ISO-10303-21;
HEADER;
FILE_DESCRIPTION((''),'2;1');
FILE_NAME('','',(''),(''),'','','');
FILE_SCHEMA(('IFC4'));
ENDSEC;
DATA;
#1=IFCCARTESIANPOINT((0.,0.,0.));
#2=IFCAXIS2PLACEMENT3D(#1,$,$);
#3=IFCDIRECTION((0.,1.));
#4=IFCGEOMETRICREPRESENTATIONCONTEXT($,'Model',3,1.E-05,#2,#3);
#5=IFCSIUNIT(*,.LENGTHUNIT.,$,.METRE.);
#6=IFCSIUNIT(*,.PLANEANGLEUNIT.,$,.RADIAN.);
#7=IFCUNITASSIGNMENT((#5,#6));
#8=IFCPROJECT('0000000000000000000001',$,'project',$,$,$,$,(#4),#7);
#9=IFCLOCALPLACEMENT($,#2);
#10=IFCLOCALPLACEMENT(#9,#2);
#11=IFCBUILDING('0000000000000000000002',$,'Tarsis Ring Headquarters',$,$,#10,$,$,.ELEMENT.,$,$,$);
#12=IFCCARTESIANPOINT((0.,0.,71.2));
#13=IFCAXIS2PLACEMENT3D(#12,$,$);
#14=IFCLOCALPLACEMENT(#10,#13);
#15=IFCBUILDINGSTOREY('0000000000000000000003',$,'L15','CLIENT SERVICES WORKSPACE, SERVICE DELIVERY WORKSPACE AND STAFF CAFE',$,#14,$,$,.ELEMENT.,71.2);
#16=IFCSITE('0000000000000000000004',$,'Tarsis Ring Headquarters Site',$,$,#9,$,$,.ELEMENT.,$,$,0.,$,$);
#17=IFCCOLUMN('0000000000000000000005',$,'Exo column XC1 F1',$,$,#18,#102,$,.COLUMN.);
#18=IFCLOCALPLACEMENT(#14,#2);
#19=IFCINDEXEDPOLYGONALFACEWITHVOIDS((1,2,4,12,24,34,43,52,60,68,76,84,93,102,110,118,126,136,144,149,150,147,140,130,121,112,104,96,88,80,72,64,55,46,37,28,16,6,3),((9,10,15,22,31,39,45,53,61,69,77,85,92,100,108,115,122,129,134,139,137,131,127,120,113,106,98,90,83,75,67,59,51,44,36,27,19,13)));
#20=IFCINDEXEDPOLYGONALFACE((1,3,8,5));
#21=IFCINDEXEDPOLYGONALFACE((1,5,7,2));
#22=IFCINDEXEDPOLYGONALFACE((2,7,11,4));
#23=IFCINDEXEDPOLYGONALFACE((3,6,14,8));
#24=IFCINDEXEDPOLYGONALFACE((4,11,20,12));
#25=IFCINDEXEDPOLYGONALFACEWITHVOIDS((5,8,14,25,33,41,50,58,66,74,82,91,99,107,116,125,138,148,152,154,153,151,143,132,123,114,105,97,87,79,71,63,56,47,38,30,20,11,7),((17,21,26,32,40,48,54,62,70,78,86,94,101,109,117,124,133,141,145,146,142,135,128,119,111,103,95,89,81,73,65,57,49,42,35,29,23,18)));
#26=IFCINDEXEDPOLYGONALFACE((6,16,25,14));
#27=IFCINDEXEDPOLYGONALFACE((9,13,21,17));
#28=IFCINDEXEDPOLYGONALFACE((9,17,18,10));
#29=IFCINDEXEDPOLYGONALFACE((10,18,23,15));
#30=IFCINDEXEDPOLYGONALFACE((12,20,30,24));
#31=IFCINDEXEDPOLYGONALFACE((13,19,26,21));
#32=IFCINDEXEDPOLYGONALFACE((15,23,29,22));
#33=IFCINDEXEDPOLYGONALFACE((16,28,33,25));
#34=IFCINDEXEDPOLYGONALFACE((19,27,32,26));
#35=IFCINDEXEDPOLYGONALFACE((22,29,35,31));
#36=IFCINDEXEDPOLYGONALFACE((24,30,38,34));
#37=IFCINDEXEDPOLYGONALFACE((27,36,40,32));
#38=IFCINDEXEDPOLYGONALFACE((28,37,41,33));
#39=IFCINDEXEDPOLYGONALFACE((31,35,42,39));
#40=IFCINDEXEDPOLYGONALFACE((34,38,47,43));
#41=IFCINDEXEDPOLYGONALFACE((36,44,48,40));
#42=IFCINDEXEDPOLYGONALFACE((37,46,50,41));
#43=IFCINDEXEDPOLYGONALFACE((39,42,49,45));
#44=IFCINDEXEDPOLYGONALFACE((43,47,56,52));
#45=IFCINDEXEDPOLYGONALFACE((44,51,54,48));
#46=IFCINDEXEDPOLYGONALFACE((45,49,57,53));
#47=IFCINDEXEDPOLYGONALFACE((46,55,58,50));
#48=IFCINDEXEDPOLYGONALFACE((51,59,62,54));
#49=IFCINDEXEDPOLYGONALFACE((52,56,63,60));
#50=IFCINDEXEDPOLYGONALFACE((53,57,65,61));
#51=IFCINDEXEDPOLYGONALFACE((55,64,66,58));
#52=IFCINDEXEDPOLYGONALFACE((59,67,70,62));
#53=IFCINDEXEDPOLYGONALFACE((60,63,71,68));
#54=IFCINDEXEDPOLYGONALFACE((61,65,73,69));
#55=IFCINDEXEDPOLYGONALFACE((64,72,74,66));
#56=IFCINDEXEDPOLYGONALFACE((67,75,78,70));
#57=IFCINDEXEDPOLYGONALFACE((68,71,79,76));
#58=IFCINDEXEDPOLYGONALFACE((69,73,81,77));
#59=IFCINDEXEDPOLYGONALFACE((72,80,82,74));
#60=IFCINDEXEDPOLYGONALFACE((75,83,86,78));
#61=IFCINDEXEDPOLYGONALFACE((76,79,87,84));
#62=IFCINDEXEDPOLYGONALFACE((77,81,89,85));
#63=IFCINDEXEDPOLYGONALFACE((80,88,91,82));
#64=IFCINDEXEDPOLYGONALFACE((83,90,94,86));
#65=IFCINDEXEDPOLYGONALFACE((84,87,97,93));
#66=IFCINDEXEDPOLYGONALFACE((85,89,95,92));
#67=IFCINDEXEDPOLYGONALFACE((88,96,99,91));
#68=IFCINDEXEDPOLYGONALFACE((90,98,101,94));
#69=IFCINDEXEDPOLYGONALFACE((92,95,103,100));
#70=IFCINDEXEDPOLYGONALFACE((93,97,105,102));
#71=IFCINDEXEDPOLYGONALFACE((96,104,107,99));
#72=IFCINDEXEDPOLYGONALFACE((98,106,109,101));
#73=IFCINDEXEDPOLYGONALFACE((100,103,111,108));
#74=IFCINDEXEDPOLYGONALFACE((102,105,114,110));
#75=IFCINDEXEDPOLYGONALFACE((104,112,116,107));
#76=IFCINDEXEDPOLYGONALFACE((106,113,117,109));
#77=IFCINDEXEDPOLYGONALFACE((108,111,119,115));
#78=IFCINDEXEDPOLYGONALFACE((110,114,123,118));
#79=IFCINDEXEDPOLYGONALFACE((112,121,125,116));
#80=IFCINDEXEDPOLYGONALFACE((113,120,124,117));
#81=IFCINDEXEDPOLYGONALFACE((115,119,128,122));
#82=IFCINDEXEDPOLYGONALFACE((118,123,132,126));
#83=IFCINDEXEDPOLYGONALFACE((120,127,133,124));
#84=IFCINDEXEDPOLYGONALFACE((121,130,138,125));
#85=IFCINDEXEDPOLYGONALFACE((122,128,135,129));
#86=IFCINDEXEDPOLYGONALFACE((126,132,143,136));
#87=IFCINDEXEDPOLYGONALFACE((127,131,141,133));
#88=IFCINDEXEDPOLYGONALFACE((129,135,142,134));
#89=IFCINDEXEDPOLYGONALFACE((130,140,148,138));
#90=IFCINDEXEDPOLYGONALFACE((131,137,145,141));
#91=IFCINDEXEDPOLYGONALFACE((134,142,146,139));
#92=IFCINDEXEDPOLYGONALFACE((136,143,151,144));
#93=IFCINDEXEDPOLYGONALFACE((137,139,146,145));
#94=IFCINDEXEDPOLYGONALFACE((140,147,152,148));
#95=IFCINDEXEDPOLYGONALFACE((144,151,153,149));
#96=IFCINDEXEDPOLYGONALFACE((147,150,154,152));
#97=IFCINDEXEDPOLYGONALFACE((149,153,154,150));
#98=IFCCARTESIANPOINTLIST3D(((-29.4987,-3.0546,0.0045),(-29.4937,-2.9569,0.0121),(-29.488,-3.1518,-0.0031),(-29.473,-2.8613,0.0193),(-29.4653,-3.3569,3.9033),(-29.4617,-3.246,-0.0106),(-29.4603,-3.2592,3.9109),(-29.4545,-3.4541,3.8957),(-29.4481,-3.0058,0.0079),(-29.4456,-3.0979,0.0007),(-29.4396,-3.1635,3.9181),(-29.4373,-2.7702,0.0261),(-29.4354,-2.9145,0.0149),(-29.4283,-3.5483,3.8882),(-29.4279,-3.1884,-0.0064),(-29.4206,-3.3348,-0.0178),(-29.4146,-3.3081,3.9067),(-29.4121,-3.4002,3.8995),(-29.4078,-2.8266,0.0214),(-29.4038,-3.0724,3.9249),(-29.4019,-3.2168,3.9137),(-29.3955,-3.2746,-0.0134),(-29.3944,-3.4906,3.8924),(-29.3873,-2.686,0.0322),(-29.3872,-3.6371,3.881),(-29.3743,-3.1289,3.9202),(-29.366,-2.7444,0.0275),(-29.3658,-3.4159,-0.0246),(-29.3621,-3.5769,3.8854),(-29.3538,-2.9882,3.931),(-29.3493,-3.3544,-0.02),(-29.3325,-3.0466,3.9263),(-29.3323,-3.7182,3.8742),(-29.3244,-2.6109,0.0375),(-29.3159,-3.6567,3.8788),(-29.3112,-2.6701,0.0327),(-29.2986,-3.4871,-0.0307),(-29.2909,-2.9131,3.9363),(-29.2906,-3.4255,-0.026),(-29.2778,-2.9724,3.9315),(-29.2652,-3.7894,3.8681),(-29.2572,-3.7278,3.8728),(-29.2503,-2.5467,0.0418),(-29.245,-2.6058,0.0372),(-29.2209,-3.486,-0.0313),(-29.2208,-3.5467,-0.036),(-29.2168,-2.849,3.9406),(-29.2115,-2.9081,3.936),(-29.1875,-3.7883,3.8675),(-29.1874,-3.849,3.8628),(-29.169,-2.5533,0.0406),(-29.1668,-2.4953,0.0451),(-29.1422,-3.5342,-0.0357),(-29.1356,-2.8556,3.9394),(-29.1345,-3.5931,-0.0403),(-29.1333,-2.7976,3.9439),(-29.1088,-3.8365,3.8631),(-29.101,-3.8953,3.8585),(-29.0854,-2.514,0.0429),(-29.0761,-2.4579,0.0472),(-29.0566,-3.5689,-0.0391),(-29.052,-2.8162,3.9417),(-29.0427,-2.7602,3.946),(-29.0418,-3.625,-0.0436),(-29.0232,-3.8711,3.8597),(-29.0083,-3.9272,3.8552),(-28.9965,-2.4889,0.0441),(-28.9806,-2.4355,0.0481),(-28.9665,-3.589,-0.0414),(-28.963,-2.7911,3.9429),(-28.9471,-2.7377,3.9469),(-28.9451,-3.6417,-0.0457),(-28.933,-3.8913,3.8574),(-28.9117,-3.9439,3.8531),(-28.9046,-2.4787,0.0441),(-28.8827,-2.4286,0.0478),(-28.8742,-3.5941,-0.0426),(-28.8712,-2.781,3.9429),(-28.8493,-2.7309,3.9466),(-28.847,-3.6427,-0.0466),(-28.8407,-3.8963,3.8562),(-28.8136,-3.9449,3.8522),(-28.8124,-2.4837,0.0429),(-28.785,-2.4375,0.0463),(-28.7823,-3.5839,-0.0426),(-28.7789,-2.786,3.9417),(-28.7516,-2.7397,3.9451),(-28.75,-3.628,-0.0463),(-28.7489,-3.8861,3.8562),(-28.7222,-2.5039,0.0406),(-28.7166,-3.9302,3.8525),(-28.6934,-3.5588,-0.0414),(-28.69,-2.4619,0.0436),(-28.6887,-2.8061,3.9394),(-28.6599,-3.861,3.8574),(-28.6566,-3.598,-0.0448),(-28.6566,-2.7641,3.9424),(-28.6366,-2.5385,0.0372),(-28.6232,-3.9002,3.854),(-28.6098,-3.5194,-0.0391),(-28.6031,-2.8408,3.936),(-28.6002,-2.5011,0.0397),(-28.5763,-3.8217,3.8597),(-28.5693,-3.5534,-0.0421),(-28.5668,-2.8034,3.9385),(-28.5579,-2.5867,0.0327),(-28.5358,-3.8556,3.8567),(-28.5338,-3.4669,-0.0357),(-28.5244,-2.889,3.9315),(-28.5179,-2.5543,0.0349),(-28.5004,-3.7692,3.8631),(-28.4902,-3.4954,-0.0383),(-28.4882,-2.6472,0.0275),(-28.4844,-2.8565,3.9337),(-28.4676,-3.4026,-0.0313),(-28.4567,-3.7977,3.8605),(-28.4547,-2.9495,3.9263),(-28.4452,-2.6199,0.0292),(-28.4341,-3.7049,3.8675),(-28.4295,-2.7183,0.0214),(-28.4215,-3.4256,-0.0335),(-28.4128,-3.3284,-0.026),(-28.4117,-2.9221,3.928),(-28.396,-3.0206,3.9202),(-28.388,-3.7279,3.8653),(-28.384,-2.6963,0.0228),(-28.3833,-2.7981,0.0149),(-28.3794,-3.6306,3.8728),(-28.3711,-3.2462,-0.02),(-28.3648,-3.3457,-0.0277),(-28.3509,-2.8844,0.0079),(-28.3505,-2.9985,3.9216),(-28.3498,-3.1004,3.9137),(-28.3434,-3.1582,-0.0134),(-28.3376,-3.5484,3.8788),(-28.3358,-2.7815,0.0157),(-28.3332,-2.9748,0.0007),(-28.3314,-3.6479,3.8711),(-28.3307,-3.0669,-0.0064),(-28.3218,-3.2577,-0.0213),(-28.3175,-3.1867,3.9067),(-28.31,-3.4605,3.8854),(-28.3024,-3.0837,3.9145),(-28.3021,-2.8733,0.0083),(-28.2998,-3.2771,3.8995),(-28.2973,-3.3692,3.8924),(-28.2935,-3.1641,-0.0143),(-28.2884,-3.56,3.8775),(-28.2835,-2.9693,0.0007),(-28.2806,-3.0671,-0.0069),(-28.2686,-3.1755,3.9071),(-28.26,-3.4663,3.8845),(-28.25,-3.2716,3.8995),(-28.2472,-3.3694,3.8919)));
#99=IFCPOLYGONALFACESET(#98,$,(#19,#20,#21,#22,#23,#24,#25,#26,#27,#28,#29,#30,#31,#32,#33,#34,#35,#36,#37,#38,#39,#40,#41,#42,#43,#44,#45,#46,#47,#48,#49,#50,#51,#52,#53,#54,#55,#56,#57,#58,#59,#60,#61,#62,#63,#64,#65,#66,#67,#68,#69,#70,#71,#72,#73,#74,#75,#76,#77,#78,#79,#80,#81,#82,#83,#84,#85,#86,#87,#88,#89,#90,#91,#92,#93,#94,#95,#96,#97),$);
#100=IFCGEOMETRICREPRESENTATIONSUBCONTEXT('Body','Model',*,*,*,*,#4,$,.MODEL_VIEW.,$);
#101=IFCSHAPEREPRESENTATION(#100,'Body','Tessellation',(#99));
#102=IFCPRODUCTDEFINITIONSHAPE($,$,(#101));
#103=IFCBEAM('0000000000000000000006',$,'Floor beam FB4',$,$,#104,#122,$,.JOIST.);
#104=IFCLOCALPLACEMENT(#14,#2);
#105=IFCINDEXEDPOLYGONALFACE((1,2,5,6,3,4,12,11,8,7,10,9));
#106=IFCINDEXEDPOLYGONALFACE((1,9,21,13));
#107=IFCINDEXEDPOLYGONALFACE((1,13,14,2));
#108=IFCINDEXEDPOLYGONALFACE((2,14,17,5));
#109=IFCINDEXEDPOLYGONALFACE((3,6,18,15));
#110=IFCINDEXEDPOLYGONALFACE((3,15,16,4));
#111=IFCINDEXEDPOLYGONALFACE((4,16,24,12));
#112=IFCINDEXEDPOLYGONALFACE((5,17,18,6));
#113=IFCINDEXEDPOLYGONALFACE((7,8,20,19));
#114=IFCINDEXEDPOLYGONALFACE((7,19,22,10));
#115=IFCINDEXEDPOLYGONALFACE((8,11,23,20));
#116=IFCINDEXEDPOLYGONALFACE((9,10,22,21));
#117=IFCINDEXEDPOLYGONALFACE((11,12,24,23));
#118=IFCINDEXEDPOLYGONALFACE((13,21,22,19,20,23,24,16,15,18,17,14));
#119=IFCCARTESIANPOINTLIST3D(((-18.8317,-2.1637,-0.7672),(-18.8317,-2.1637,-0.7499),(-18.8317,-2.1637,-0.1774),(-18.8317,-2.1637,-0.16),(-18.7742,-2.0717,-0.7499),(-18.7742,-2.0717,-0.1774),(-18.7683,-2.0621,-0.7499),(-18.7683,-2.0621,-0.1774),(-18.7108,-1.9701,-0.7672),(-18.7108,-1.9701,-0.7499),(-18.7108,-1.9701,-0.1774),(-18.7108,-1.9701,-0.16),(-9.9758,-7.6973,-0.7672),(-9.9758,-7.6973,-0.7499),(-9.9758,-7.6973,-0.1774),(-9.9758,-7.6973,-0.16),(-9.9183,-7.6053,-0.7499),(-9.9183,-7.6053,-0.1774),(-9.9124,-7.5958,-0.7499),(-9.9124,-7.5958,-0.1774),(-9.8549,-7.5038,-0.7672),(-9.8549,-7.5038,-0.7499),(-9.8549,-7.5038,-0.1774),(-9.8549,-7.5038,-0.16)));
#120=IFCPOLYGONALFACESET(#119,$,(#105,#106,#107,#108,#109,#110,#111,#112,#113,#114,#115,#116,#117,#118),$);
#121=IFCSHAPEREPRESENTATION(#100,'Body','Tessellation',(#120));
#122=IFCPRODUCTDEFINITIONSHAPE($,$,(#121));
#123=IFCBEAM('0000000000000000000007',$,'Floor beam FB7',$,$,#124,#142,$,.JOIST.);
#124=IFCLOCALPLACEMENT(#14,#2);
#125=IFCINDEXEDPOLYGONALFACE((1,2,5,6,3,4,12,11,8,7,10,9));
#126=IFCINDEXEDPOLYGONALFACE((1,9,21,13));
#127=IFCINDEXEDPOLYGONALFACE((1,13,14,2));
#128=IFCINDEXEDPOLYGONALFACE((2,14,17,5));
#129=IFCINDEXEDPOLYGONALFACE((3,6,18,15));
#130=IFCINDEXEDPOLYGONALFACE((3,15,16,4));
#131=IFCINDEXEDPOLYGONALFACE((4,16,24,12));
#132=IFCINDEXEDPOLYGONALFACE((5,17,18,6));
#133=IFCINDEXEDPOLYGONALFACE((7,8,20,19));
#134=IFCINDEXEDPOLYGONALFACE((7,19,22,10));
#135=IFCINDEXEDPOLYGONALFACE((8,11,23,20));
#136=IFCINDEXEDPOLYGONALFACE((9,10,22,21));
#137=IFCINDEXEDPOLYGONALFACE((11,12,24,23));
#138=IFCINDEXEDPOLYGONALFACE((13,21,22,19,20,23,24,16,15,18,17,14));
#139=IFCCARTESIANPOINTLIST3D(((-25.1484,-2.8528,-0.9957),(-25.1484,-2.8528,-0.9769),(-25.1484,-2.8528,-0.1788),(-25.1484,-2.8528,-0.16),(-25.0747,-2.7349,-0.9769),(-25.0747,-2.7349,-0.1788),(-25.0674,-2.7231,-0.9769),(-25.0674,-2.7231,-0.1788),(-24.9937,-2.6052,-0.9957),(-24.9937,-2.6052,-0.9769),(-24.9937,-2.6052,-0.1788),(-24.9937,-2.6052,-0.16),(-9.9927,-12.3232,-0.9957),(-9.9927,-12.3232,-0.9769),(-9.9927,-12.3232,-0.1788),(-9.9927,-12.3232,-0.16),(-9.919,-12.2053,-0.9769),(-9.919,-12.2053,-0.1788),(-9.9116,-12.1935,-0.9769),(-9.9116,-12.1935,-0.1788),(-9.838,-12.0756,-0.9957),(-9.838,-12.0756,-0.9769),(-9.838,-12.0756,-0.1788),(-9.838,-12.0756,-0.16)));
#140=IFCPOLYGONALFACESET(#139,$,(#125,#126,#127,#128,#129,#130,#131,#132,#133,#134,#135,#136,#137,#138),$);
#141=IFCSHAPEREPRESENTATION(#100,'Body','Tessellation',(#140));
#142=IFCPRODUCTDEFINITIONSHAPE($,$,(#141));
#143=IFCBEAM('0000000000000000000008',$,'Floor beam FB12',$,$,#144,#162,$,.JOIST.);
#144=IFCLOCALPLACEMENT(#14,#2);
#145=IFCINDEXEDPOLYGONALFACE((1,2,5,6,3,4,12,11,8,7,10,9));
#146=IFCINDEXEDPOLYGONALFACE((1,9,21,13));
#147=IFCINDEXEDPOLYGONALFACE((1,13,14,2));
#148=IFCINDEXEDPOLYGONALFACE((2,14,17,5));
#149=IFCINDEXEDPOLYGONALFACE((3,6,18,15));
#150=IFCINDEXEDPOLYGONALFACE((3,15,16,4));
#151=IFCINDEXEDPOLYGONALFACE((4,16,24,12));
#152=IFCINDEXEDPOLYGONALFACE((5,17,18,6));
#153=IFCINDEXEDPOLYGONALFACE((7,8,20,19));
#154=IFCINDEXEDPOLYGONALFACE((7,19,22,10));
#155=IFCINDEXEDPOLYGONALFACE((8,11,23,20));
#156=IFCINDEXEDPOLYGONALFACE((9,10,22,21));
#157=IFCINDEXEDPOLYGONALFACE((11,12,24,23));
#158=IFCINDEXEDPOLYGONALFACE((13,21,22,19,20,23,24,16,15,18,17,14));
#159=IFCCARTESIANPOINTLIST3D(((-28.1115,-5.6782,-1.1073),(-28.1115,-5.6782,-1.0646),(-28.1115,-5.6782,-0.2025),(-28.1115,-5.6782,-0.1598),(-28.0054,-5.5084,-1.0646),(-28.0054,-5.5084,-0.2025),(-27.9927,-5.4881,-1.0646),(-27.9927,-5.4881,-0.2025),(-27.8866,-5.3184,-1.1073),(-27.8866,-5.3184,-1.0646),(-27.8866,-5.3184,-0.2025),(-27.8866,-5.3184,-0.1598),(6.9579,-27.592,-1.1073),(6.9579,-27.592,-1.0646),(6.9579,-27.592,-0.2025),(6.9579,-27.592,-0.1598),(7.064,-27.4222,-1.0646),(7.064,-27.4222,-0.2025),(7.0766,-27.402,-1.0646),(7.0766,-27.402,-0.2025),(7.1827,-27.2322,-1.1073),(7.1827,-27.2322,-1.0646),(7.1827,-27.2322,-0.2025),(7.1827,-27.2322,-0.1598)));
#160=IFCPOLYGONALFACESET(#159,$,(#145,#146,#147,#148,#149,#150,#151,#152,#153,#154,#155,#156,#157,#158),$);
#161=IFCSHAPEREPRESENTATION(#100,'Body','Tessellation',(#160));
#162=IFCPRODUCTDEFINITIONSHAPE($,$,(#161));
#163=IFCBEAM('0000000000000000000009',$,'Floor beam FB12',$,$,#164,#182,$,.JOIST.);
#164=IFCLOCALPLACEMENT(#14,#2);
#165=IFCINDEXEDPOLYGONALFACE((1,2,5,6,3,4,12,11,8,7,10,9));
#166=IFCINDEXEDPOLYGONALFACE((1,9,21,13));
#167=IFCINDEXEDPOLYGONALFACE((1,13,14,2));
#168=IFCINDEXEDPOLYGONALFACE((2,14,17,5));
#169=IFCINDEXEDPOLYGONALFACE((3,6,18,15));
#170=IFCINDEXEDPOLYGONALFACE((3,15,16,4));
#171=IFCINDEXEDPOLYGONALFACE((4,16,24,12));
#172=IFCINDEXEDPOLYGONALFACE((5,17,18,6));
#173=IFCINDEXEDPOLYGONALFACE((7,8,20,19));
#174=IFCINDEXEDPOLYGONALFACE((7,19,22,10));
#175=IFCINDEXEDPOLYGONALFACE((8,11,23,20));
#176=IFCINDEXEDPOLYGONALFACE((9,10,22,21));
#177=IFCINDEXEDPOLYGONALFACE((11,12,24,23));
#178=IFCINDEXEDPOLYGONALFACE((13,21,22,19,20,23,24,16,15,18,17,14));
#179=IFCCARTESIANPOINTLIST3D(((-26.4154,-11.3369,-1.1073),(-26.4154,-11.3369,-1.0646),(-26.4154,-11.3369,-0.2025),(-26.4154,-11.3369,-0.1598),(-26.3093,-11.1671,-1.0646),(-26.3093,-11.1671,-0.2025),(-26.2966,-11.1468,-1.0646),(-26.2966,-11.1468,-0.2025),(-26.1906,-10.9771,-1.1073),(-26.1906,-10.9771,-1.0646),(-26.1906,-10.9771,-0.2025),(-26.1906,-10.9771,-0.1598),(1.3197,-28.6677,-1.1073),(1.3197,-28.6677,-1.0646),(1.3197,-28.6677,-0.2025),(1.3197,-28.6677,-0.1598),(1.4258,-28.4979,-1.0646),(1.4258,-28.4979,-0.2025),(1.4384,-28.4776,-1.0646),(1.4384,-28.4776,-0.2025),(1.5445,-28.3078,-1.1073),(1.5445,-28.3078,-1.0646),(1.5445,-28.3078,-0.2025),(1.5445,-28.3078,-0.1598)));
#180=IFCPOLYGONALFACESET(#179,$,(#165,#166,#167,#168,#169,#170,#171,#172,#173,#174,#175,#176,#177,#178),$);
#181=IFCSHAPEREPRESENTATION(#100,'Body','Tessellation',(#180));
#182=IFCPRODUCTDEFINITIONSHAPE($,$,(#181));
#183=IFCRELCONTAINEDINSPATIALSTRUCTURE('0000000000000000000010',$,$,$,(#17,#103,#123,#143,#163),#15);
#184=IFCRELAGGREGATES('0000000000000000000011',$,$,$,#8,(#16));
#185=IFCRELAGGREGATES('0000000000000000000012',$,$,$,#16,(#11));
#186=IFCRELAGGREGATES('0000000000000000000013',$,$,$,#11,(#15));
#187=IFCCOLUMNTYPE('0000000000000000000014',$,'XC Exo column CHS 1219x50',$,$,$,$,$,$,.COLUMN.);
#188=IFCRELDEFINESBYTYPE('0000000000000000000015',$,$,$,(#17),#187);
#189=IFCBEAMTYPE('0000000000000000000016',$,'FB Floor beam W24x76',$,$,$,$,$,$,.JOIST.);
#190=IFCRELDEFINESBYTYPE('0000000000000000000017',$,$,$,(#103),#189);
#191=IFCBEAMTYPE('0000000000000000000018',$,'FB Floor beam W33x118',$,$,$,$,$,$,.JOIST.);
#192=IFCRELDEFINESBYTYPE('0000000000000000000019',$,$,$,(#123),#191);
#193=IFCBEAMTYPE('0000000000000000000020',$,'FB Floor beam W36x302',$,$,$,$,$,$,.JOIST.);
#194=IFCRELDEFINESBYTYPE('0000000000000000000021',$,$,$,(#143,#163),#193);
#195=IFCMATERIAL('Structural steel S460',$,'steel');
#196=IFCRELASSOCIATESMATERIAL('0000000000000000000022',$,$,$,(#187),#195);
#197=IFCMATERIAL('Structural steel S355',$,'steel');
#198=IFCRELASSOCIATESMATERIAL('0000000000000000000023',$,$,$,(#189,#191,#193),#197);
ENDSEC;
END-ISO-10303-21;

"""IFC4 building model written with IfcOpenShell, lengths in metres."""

from ifc_helpers import new_model, si_unit, direction, frame, origin, origin_2d, place, context, subcontext, project, spatial, hollow_circle, i_section, extrude, material, material_profile, profile_set, type_object, element, save


model = new_model("IFC4")

# Units and contexts
model_context = context("Model", 3, precision=1e-05, world=origin(), true_north=direction((0.0, 1.0)))
body_context = subcontext(model_context, "Body", "Model", "MODEL_VIEW")
ifc_project = project(units=[si_unit("LENGTHUNIT", "METRE"), si_unit("PLANEANGLEUNIT", "RADIAN")], contexts=[model_context])

# Site, building, storey
site_placement = place(None, origin())
site = spatial("IfcSite", under=ifc_project, at=site_placement, Name="Tarsis Ring Headquarters Site", CompositionType="ELEMENT", RefElevation=0.0)
building_placement = place(site_placement, origin())
building = spatial("IfcBuilding", under=site, at=building_placement, Name="Tarsis Ring Headquarters", CompositionType="ELEMENT")
storey_placement = place(building_placement, frame((0.0, 0.0, 71.2)))
storey = spatial("IfcBuildingStorey", under=building, at=storey_placement, Name="L15", Description="CLIENT SERVICES WORKSPACE, SERVICE DELIVERY WORKSPACE AND STAFF CAFE", CompositionType="ELEMENT", Elevation=71.2)

# Column
ifc_material_1 = material(Name="Structural steel S460", Category="steel")
ifc_material_profile_1 = material_profile(ifc_material_1, hollow_circle(Radius=0.6096, WallThickness=0.05, at=origin_2d()), Name="CHS 1219x50")
ifc_profile_set_1 = profile_set([ifc_material_profile_1], Name="Structural steel S460")
column_type = type_object("IfcColumnType", Name="XC Exo column CHS 1219x50", PredefinedType="COLUMN", material=ifc_profile_set_1)
column_placement = place(storey_placement, frame((-28.8894, -3.0364, 0.0007), z_axis=(0.008553, -0.07729, 0.996972), x_axis=(0.993933, 0.109991, 0.0)))
element("IfcColumn", 1, at=column_placement, inside=storey, type_object=column_type, Name="Exo column XC1 F1", PredefinedType="COLUMN", context=body_context, shape_type="SweptSolid", body=[
    extrude(hollow_circle(Radius=0.6096, WallThickness=0.05, at=origin_2d()), origin(), (0.0, 0.0, 1.0), 3.9106),
])

# Beams
ifc_material_2 = material(Name="Structural steel S355", Category="steel")
ifc_material_profile_2 = material_profile(ifc_material_2, i_section(OverallWidth=0.2283, OverallDepth=0.6072, WebThickness=0.0112, FlangeThickness=0.0173, at=origin_2d()), Name="W24x76")
ifc_profile_set_2 = profile_set([ifc_material_profile_2], Name="Structural steel S355")
beam_type_1 = type_object("IfcBeamType", Name="FB Floor beam W24x76", PredefinedType="JOIST", material=ifc_profile_set_2)
beam_1_placement = place(storey_placement, frame((-18.7712, -2.0669, -0.4636), z_axis=(0.848053, -0.529911, 0.0), x_axis=(0.529911, 0.848053, 0.0)))
element("IfcBeam", 2, at=beam_1_placement, inside=storey, type_object=beam_type_1, Name="Floor beam FB4", PredefinedType="JOIST", context=body_context, shape_type="SweptSolid", body=[
    extrude(i_section(OverallWidth=0.2283, OverallDepth=0.6072, WebThickness=0.0112, FlangeThickness=0.0173, at=origin_2d()), origin(), (0.0, 0.0, 1.0), 10.4426),
])
ifc_material_profile_3 = material_profile(ifc_material_2, i_section(OverallWidth=0.292, OverallDepth=0.8357, WebThickness=0.0139, FlangeThickness=0.0188, at=origin_2d()), Name="W33x118")
ifc_profile_set_3 = profile_set([ifc_material_profile_3], Name="Structural steel S355")
beam_type_2 = type_object("IfcBeamType", Name="FB Floor beam W33x118", PredefinedType="JOIST", material=ifc_profile_set_3)
beam_2_placement = place(storey_placement, frame((-25.071, -2.729, -0.5779), z_axis=(0.848046, -0.529923, 0.0), x_axis=(0.529923, 0.848046, 0.0)))
element("IfcBeam", 3, at=beam_2_placement, inside=storey, type_object=beam_type_2, Name="Floor beam FB7", PredefinedType="JOIST", context=body_context, shape_type="SweptSolid", body=[
    extrude(i_section(OverallWidth=0.292, OverallDepth=0.8357, WebThickness=0.0139, FlangeThickness=0.0188, at=origin_2d()), origin(), (0.0, 0.0, 1.0), 17.8713),
])
ifc_material_profile_4 = material_profile(ifc_material_2, i_section(OverallWidth=0.4243, OverallDepth=0.9475, WebThickness=0.0239, FlangeThickness=0.0427, at=origin_2d()), Name="W36x302")
ifc_profile_set_4 = profile_set([ifc_material_profile_4], Name="Structural steel S355")
beam_type_3 = type_object("IfcBeamType", Name="FB Floor beam W36x302", PredefinedType="JOIST", material=ifc_profile_set_4)
beam_3_placement = place(storey_placement, frame((-27.999, -5.4983, -0.6335), z_axis=(0.848047, -0.52992, 0.0), x_axis=(0.52992, 0.848047, 0.0)))
element("IfcBeam", 4, at=beam_3_placement, inside=storey, type_object=beam_type_3, Name="Floor beam FB12", PredefinedType="JOIST", context=body_context, shape_type="SweptSolid", body=[
    extrude(i_section(OverallWidth=0.4243, OverallDepth=0.9475, WebThickness=0.0239, FlangeThickness=0.0427, at=origin_2d()), origin(), (0.0, 0.0, 1.0), 41.353),
])
beam_4_placement = place(storey_placement, frame((-26.303, -11.157, -0.6335), z_axis=(0.848048, -0.529919, 0.0), x_axis=(0.529919, 0.848048, 0.0)))
element("IfcBeam", 5, at=beam_4_placement, inside=storey, type_object=beam_type_3, Name="Floor beam FB12", PredefinedType="JOIST", context=body_context, shape_type="SweptSolid", body=[
    extrude(i_section(OverallWidth=0.4243, OverallDepth=0.9475, WebThickness=0.0239, FlangeThickness=0.0427, at=origin_2d()), origin(), (0.0, 0.0, 1.0), 32.7046),
])

save(model, "model.ifc")
